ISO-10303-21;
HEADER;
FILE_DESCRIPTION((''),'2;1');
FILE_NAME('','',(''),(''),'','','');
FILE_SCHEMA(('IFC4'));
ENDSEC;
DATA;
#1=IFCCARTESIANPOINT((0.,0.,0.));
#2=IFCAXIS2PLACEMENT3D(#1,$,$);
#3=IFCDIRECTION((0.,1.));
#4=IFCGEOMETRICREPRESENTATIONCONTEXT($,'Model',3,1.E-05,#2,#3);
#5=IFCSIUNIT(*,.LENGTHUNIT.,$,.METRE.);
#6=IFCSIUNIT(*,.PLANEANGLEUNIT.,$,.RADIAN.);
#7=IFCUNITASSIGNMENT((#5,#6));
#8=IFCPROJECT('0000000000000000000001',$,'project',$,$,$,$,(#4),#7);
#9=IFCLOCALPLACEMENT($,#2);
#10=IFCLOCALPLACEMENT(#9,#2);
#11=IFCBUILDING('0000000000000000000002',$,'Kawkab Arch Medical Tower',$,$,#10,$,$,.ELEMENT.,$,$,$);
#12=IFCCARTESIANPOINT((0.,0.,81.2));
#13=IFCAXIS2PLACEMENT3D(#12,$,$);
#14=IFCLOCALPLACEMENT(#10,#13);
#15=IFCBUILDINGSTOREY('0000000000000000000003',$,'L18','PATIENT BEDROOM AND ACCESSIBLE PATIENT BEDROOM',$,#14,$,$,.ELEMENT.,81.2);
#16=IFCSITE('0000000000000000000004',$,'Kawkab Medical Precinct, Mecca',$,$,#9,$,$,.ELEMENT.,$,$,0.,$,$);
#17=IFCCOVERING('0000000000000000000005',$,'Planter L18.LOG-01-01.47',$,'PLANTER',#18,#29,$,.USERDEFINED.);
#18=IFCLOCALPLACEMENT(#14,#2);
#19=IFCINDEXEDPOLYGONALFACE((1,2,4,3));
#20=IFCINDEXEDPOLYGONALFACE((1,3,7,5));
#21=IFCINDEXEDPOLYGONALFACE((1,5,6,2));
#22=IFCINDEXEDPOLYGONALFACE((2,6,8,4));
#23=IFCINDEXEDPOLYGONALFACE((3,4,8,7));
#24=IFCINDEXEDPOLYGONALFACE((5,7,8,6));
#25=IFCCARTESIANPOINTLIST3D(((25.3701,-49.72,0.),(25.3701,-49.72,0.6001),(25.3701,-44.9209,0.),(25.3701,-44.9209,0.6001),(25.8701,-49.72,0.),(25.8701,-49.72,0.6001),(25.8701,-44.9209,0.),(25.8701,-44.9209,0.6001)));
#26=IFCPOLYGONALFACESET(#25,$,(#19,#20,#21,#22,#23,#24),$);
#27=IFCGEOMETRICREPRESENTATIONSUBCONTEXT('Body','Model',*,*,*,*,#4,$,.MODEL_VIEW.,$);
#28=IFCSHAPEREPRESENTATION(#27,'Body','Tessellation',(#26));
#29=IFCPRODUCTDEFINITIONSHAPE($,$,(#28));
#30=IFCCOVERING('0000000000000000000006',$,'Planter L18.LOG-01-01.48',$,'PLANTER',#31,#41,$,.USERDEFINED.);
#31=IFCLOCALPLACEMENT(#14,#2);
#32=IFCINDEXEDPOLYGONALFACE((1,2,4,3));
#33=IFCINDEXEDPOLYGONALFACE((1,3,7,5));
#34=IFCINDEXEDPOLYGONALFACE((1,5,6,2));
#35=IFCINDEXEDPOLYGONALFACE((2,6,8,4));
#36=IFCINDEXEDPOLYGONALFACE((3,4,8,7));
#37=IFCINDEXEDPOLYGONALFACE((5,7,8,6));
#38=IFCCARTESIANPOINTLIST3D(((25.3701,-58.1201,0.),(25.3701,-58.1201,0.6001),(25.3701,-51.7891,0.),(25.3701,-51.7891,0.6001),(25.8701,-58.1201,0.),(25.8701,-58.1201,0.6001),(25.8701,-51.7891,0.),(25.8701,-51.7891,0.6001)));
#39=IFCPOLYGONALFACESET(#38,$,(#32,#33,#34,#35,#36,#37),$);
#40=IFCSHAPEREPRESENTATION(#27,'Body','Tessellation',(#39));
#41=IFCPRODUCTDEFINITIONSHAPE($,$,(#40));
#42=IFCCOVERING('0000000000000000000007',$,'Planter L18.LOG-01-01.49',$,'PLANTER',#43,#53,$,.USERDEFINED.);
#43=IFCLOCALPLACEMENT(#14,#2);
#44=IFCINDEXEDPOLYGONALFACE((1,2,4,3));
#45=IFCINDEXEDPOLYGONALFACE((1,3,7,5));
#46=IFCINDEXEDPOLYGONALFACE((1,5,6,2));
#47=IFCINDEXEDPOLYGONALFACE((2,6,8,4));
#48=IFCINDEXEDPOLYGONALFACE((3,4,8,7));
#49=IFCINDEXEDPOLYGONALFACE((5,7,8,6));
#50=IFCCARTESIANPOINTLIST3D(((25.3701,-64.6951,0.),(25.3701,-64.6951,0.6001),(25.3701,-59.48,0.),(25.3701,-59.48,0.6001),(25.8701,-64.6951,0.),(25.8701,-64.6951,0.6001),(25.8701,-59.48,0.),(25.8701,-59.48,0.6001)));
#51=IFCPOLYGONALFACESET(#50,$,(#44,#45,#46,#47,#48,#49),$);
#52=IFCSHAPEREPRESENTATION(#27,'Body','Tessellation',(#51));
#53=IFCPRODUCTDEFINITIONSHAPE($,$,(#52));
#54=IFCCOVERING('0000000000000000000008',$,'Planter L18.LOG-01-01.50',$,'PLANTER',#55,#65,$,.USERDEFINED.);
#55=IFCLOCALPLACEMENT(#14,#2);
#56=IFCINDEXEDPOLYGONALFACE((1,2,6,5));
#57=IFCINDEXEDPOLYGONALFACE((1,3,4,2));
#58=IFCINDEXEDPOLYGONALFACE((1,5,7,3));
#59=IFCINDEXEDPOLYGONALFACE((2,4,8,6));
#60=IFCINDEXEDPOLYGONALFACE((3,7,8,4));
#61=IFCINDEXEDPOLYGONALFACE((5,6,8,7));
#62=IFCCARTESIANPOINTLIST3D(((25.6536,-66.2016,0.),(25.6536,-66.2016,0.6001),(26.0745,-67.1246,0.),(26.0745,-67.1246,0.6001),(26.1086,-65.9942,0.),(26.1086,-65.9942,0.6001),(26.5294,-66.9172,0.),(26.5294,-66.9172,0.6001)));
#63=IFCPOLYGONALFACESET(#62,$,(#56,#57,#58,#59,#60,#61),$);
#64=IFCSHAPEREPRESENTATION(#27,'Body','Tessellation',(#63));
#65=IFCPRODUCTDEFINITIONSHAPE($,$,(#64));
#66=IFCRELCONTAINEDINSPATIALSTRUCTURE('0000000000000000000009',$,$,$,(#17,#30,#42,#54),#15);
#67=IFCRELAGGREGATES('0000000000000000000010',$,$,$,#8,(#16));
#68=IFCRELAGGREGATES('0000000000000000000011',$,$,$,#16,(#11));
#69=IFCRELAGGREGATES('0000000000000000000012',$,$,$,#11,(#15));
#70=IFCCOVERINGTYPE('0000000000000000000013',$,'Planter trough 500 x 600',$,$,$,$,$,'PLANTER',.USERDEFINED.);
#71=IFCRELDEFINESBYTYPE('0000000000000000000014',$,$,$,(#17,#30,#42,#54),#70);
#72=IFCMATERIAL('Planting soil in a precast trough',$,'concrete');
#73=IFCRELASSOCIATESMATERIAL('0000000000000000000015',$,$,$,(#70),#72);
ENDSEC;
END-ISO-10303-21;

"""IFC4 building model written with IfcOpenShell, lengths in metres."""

from ifc_helpers import new_model, si_unit, direction, frame, origin, origin_2d, place, context, subcontext, project, spatial, rectangle, extrude, material, material_profile, profile_set, type_object, element, save


model = new_model("IFC4")

# Units and contexts
model_context = context("Model", 3, precision=1e-05, world=origin(), true_north=direction((0.0, 1.0)))
body_context = subcontext(model_context, "Body", "Model", "MODEL_VIEW")
ifc_project = project(units=[si_unit("LENGTHUNIT", "METRE"), si_unit("PLANEANGLEUNIT", "RADIAN")], contexts=[model_context])

# Site, building, storey
site_placement = place(None, origin())
site = spatial("IfcSite", under=ifc_project, at=site_placement, Name="Kawkab Medical Precinct, Mecca", CompositionType="ELEMENT", RefElevation=0.0)
building_placement = place(site_placement, origin())
building = spatial("IfcBuilding", under=site, at=building_placement, Name="Kawkab Arch Medical Tower", CompositionType="ELEMENT")
storey_placement = place(building_placement, frame((0.0, 0.0, 81.2)))
storey = spatial("IfcBuildingStorey", under=building, at=storey_placement, Name="L18", Description="PATIENT BEDROOM AND ACCESSIBLE PATIENT BEDROOM", CompositionType="ELEMENT", Elevation=81.2)

# Coverings
ifc_material_1 = material(Name="Planting soil in a precast trough", Category="concrete")
ifc_material_profile_1 = material_profile(ifc_material_1, rectangle(XDim=0.5, YDim=0.6001, at=origin_2d()), Name="Trough 500x600")
ifc_profile_set_1 = profile_set([ifc_material_profile_1], Name="Planting soil in a precast trough")
covering_type_1 = type_object("IfcCoveringType", Name="Planter trough 500 x 600", ElementType="PLANTER", PredefinedType="USERDEFINED", material=ifc_profile_set_1)
covering_1_placement = place(storey_placement, frame((25.6201, -44.9209, 0.3), z_axis=(0.0, -1.0, 0.0), x_axis=(1.0, 0.0, 0.0)))
element("IfcCovering", 1, at=covering_1_placement, inside=storey, type_object=covering_type_1, Name="Planter L18.LOG-01-01.47", ObjectType="PLANTER", PredefinedType="USERDEFINED", context=body_context, shape_type="SweptSolid", body=[
    extrude(rectangle(XDim=0.5, YDim=0.6001, at=origin_2d()), origin(), (0.0, 0.0, 1.0), 4.7991),
])
covering_2_placement = place(storey_placement, frame((25.6201, -51.7891, 0.3), z_axis=(0.0, -1.0, 0.0), x_axis=(1.0, 0.0, 0.0)))
element("IfcCovering", 2, at=covering_2_placement, inside=storey, type_object=covering_type_1, Name="Planter L18.LOG-01-01.48", ObjectType="PLANTER", PredefinedType="USERDEFINED", context=body_context, shape_type="SweptSolid", body=[
    extrude(rectangle(XDim=0.5, YDim=0.6001, at=origin_2d()), origin(), (0.0, 0.0, 1.0), 6.3311),
])
covering_3_placement = place(storey_placement, frame((25.6201, -59.48, 0.3), z_axis=(0.0, -1.0, 0.0), x_axis=(1.0, 0.0, 0.0)))
element("IfcCovering", 3, at=covering_3_placement, inside=storey, type_object=covering_type_1, Name="Planter L18.LOG-01-01.49", ObjectType="PLANTER", PredefinedType="USERDEFINED", context=body_context, shape_type="SweptSolid", body=[
    extrude(rectangle(XDim=0.5, YDim=0.6001, at=origin_2d()), origin(), (0.0, 0.0, 1.0), 5.2151),
])
covering_4_placement = place(storey_placement, frame((25.8811, -66.0979, 0.3), z_axis=(0.414872, -0.90988, 0.0), x_axis=(0.90988, 0.414872, 0.0)))
element("IfcCovering", 4, at=covering_4_placement, inside=storey, type_object=covering_type_1, Name="Planter L18.LOG-01-01.50", ObjectType="PLANTER", PredefinedType="USERDEFINED", context=body_context, shape_type="SweptSolid", body=[
    extrude(rectangle(XDim=0.5, YDim=0.6001, at=origin_2d()), origin(), (0.0, 0.0, 1.0), 1.0144),
])

save(model, "model.ifc")
